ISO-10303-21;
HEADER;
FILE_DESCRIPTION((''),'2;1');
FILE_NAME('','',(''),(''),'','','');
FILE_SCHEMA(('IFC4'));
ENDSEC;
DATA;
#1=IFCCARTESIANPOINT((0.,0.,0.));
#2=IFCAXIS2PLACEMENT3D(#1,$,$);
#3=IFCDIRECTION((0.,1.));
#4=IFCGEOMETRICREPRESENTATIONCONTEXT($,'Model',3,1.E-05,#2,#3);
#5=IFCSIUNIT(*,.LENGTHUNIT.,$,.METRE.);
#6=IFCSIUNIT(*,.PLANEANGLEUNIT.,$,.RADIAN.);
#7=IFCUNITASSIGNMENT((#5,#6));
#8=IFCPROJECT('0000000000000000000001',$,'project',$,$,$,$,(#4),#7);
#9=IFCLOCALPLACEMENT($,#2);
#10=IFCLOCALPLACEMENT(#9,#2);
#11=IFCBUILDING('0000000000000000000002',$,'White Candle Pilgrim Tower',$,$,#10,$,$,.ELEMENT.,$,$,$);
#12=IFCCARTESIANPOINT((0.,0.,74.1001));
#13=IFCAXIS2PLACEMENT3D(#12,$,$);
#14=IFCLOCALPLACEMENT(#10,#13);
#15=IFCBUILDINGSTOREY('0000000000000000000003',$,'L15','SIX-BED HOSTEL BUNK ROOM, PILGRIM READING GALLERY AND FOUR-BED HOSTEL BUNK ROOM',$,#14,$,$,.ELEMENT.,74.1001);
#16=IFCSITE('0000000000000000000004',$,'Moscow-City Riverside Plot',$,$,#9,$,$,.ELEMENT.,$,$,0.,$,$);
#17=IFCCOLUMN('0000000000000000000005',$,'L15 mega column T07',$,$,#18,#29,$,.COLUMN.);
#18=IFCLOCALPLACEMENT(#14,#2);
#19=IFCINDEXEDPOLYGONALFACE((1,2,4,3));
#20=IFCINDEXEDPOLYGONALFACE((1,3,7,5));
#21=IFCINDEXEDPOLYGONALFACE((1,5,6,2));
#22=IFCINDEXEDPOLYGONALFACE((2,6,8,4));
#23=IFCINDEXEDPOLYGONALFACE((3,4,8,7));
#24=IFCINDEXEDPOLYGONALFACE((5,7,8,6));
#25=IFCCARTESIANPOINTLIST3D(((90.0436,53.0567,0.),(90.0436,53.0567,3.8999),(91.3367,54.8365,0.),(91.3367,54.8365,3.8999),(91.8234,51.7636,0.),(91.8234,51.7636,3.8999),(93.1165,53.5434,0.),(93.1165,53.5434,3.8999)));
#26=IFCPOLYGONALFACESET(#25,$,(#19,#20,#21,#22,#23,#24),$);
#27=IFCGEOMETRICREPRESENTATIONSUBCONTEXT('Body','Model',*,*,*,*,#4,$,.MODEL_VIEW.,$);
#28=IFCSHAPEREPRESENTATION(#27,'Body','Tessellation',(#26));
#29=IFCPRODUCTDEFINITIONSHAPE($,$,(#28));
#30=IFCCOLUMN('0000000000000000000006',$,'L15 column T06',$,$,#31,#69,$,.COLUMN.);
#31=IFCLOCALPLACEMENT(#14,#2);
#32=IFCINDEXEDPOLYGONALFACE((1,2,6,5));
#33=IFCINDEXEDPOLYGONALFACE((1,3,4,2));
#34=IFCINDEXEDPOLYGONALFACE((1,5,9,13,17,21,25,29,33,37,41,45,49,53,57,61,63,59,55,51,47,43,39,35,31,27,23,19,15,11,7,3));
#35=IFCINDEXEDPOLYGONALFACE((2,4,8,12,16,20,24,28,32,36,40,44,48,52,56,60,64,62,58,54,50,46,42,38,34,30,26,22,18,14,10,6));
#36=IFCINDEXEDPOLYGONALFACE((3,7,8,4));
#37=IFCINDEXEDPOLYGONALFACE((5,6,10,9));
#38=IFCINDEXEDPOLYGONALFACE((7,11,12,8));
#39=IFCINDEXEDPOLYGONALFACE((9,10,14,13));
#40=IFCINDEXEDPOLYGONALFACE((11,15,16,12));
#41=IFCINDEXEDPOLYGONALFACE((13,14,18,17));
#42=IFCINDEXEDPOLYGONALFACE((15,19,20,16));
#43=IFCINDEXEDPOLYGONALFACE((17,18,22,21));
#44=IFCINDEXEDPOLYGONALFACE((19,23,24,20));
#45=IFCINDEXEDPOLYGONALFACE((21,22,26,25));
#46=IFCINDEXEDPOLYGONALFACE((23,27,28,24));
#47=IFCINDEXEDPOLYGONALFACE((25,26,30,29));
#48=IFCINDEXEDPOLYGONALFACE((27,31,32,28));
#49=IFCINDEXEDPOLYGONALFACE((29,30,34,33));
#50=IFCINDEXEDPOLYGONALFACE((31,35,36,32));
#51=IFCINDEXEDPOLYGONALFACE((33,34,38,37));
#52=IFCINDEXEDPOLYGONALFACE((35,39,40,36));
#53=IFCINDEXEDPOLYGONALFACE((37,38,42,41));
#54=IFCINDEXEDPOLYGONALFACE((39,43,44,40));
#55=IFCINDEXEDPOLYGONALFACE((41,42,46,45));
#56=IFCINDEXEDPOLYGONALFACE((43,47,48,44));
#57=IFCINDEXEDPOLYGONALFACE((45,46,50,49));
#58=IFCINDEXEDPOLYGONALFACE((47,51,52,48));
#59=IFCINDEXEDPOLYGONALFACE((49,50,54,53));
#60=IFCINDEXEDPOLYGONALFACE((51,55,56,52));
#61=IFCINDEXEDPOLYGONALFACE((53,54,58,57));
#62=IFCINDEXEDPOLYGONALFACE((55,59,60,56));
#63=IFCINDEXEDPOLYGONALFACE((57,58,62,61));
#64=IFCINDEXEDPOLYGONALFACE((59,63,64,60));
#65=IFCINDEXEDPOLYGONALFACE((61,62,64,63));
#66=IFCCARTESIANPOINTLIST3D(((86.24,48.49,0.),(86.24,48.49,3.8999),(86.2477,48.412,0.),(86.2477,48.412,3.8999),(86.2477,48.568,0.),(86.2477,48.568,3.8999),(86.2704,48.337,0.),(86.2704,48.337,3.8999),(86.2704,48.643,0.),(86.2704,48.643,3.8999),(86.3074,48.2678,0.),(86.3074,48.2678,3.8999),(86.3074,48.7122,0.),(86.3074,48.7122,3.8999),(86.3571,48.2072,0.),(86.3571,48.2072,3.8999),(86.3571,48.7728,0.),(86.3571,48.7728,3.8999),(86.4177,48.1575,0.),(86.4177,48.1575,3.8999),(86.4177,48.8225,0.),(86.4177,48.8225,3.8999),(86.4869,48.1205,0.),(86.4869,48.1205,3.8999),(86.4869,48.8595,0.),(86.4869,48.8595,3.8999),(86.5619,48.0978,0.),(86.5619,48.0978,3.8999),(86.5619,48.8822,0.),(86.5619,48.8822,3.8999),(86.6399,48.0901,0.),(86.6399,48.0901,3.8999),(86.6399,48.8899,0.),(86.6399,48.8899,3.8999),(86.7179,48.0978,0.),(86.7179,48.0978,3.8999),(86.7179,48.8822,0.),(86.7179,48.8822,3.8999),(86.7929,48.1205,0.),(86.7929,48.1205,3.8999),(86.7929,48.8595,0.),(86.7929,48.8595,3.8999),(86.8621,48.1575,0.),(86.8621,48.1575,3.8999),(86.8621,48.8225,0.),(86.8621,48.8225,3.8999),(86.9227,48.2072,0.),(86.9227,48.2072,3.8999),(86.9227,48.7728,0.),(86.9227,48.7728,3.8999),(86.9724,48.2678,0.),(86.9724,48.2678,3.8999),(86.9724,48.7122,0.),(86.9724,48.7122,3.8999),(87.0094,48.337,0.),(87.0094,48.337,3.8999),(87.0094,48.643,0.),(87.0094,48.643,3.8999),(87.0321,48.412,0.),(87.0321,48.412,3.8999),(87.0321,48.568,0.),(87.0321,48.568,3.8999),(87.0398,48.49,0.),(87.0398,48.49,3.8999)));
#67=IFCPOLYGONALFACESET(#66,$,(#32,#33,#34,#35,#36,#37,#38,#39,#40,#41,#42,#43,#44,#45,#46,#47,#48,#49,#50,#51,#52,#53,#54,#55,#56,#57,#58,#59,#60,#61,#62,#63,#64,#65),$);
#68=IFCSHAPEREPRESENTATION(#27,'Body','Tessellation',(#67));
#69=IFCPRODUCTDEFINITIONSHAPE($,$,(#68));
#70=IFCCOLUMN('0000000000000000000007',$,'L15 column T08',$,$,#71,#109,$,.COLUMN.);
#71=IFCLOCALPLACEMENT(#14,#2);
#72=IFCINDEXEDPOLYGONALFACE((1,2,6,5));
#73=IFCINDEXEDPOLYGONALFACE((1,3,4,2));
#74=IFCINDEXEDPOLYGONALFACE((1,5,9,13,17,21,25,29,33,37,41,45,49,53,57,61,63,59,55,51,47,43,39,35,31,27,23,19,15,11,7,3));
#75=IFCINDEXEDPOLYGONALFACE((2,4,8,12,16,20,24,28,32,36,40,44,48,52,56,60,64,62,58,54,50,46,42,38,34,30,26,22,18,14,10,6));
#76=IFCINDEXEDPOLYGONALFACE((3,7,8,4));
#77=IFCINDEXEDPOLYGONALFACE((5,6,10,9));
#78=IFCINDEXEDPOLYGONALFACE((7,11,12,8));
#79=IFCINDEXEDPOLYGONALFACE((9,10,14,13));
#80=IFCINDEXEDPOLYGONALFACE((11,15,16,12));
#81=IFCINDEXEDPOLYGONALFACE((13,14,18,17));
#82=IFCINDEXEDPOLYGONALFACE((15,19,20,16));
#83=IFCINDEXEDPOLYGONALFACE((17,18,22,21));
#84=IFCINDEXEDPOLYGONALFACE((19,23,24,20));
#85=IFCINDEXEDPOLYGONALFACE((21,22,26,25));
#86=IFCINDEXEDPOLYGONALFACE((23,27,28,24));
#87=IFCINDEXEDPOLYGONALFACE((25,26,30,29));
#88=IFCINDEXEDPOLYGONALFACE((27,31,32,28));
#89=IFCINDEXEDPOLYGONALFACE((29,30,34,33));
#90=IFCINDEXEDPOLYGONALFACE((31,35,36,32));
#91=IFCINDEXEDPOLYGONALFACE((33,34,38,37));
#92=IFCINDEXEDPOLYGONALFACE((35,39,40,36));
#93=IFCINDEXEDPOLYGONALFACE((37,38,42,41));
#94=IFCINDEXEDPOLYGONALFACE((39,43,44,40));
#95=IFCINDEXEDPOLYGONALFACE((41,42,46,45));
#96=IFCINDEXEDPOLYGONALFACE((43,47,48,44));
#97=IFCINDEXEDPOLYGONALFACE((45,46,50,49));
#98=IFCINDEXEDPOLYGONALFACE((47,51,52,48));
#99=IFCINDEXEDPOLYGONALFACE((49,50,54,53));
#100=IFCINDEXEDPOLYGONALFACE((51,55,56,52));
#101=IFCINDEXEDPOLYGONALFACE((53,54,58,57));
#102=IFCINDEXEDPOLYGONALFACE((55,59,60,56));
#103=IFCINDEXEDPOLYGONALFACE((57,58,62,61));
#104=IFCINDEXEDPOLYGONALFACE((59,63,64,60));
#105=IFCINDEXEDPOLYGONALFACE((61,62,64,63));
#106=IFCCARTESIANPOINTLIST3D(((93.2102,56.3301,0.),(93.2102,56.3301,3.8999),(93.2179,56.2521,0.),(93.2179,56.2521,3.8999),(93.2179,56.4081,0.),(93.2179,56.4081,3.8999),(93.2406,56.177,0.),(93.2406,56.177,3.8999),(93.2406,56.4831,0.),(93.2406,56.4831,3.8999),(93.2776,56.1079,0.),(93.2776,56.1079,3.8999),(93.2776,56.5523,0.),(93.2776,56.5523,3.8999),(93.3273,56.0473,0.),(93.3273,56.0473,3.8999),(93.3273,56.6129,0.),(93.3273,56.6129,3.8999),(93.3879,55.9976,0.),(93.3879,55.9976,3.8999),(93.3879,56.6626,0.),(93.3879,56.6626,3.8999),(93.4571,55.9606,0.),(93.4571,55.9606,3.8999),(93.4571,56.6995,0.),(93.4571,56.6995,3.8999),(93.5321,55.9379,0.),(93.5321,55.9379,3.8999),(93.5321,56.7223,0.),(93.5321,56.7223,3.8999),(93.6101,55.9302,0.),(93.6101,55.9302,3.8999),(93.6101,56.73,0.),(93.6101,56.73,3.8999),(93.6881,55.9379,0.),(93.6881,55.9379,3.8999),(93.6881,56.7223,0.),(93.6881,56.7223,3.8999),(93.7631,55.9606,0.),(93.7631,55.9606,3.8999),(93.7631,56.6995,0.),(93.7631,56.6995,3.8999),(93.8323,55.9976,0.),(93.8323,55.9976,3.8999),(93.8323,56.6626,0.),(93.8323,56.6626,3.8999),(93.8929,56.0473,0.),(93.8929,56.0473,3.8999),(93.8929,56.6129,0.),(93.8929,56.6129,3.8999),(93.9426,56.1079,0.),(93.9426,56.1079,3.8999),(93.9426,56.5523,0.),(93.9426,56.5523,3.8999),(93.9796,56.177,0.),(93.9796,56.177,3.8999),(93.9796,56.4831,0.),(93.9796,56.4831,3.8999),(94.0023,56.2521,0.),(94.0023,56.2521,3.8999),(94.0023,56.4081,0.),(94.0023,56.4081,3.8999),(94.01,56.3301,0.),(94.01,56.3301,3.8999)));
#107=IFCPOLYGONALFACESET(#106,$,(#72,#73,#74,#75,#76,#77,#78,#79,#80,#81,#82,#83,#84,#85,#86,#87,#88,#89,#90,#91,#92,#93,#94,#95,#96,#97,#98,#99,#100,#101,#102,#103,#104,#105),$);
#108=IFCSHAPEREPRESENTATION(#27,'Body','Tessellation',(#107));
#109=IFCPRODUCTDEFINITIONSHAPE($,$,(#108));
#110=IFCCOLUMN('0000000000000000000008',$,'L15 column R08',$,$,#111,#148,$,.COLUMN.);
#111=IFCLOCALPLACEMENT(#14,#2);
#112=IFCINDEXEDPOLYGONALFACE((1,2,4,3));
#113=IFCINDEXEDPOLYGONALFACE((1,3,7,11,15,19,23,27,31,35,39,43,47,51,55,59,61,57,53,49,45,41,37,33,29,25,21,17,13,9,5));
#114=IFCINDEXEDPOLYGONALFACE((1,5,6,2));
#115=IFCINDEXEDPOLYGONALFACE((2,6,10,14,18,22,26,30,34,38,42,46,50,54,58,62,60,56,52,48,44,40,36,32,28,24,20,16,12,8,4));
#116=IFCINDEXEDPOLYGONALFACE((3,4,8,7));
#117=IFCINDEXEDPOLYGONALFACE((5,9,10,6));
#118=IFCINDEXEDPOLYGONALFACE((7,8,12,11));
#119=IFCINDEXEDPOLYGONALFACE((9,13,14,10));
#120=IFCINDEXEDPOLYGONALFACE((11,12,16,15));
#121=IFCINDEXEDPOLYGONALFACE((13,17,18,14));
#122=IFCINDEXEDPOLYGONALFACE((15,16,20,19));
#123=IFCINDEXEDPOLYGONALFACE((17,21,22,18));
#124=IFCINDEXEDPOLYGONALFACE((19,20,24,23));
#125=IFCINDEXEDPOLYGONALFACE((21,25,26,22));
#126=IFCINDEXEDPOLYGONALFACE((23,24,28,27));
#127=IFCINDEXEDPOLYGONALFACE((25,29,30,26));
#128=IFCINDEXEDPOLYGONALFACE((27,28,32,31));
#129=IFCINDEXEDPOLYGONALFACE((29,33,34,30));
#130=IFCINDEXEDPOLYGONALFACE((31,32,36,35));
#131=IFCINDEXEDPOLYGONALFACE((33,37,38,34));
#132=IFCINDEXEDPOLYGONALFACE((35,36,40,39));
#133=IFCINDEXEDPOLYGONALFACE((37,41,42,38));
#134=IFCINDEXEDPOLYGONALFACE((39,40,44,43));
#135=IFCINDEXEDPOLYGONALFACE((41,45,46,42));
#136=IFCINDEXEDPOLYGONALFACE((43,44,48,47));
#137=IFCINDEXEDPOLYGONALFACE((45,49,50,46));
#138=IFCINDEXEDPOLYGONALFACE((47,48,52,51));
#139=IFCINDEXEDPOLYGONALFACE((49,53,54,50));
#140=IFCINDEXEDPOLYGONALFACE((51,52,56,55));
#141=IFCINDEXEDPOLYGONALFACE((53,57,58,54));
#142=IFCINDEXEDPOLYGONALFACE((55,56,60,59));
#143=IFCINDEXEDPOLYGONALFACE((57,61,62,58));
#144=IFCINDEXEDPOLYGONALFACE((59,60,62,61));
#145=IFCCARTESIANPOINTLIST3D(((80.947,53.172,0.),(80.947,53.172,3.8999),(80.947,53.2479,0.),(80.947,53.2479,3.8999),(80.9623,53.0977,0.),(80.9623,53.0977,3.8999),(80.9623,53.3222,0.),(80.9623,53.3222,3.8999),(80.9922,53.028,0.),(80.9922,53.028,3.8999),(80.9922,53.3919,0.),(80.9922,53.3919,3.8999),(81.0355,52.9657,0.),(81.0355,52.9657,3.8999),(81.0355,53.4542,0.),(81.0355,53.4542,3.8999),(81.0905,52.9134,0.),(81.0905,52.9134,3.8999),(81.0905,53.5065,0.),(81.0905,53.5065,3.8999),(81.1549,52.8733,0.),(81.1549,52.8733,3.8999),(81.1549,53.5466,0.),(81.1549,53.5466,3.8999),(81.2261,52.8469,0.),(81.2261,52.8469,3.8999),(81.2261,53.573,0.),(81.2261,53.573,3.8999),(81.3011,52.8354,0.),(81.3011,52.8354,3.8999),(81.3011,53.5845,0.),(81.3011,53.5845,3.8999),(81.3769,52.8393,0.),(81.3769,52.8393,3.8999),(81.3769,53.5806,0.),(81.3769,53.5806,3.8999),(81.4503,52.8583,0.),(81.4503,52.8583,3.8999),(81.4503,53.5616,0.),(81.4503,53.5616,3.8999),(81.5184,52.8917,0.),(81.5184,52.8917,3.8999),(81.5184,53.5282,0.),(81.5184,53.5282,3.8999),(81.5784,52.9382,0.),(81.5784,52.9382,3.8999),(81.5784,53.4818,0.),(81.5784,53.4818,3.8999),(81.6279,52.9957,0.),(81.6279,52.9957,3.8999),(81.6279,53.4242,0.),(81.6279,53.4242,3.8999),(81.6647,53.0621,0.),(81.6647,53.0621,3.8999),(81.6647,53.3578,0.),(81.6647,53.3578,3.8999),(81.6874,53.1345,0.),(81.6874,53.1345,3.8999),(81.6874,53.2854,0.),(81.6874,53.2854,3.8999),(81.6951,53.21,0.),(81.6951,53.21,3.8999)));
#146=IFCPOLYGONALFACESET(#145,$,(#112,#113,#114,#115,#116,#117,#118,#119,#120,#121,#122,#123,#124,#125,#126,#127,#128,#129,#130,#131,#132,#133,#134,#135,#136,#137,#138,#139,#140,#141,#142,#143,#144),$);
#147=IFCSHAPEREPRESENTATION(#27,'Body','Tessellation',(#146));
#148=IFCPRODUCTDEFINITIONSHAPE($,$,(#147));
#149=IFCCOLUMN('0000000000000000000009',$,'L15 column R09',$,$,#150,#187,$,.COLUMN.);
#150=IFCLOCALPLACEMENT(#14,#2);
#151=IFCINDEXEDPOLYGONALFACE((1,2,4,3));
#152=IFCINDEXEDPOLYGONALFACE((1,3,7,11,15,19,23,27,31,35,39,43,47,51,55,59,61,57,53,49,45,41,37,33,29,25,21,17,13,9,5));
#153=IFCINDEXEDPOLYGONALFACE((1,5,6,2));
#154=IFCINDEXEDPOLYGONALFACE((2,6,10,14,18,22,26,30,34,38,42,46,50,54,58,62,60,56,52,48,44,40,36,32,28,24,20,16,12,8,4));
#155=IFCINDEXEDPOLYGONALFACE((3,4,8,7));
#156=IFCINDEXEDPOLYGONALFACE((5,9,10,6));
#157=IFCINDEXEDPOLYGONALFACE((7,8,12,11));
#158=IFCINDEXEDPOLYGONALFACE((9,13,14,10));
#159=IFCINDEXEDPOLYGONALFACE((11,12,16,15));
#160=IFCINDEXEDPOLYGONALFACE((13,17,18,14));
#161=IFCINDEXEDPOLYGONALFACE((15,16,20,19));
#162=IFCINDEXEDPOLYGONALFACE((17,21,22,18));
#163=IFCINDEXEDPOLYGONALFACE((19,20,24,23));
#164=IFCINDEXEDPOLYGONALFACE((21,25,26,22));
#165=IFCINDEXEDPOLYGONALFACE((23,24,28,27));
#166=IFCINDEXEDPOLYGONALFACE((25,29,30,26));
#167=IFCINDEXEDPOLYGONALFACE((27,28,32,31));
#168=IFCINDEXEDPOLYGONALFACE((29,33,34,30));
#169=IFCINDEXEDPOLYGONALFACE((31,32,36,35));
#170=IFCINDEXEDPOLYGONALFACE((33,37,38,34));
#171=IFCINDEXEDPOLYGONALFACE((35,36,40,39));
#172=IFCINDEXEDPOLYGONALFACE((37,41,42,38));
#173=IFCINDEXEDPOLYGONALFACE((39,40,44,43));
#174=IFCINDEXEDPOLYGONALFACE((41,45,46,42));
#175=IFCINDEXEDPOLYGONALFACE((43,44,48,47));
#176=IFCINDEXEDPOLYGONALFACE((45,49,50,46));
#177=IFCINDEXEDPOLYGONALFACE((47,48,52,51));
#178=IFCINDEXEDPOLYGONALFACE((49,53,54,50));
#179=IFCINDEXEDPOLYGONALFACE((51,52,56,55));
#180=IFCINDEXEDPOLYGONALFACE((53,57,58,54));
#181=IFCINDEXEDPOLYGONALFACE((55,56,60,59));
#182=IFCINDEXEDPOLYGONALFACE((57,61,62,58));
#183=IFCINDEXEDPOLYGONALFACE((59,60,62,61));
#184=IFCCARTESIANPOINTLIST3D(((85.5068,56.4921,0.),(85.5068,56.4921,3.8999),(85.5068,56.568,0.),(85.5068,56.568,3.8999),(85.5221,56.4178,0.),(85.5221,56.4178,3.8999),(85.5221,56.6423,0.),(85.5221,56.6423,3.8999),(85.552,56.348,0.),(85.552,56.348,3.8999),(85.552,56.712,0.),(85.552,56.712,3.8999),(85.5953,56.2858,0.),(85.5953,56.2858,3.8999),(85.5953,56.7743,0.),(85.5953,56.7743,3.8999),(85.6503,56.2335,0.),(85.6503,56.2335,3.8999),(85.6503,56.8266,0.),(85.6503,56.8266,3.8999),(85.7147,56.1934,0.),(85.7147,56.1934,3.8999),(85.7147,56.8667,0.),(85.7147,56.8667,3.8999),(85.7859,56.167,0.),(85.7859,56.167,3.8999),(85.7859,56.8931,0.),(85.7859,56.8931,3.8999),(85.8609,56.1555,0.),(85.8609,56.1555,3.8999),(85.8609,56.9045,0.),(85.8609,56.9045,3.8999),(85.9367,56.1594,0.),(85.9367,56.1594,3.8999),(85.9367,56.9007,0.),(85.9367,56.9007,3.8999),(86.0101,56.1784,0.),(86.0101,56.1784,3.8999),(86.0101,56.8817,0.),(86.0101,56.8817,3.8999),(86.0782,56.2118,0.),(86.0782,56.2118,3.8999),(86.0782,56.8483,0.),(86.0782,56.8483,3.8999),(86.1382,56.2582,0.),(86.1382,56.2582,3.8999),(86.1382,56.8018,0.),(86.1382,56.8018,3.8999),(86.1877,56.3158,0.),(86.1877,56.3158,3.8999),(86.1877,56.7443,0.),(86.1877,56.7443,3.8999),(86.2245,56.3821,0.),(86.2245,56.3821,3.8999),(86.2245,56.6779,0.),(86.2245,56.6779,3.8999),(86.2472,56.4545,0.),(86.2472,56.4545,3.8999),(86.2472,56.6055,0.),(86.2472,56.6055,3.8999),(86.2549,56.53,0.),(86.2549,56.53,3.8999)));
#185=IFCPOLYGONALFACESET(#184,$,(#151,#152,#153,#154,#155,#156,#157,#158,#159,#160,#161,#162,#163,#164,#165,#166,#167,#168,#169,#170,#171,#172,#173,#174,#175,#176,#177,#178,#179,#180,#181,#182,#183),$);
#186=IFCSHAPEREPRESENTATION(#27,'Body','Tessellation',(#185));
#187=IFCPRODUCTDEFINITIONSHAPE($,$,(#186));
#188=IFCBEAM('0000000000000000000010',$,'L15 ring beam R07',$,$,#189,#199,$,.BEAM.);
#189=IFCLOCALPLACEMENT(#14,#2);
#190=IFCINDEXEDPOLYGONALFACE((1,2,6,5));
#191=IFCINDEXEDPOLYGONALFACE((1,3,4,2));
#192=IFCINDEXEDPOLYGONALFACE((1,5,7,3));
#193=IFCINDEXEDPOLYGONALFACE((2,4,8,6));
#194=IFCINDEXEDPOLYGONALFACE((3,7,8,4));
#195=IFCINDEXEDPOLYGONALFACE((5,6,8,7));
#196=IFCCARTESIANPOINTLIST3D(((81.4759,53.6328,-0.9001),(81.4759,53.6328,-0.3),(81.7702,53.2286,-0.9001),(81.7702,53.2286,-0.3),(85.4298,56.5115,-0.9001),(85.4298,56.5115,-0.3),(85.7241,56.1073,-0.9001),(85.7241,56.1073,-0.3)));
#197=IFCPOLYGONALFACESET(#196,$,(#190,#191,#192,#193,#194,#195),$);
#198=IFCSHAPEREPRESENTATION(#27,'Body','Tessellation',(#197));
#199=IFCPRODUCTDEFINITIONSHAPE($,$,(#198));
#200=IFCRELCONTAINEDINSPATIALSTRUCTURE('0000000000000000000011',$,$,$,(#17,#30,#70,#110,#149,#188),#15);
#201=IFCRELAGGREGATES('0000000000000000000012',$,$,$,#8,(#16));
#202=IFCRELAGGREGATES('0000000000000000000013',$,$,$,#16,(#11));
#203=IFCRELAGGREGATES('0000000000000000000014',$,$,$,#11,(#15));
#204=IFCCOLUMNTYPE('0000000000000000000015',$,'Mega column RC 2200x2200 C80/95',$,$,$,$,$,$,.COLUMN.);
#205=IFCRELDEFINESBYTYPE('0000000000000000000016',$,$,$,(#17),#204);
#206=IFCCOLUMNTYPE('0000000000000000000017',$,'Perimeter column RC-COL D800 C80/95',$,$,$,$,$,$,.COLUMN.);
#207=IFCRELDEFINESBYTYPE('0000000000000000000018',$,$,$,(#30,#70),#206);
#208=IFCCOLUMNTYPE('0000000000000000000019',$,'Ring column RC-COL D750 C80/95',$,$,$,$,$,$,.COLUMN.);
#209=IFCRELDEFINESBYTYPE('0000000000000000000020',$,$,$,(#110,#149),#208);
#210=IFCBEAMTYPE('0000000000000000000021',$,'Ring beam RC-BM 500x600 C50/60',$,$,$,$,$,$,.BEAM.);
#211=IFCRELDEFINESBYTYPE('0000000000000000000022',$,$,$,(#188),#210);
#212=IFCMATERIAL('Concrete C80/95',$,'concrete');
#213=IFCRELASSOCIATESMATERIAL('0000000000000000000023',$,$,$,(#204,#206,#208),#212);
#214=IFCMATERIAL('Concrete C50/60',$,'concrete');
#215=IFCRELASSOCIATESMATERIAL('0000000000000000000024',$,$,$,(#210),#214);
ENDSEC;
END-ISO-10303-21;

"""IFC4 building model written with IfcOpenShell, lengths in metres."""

from ifc_helpers import new_model, si_unit, direction, frame, origin, origin_2d, place, context, subcontext, project, spatial, rectangle, circle, extrude, material, material_profile, profile_set, type_object, element, save


model = new_model("IFC4")

# Units and contexts
model_context = context("Model", 3, precision=1e-05, world=origin(), true_north=direction((0.0, 1.0)))
body_context = subcontext(model_context, "Body", "Model", "MODEL_VIEW")
ifc_project = project(units=[si_unit("LENGTHUNIT", "METRE"), si_unit("PLANEANGLEUNIT", "RADIAN")], contexts=[model_context])

# Site, building, storey
site_placement = place(None, origin())
site = spatial("IfcSite", under=ifc_project, at=site_placement, Name="Moscow-City Riverside Plot", CompositionType="ELEMENT", RefElevation=0.0)
building_placement = place(site_placement, origin())
building = spatial("IfcBuilding", under=site, at=building_placement, Name="White Candle Pilgrim Tower", CompositionType="ELEMENT")
storey_placement = place(building_placement, frame((0.0, 0.0, 74.1001)))
storey = spatial("IfcBuildingStorey", under=building, at=storey_placement, Name="L15", Description="SIX-BED HOSTEL BUNK ROOM, PILGRIM READING GALLERY AND FOUR-BED HOSTEL BUNK ROOM", CompositionType="ELEMENT", Elevation=74.1001)

# Columns
ifc_material_1 = material(Name="Concrete C80/95", Category="concrete")
ifc_material_profile_1 = material_profile(ifc_material_1, rectangle(XDim=2.2, YDim=2.2, at=origin_2d()), Name="RC 2200x2200")
ifc_profile_set_1 = profile_set([ifc_material_profile_1], Name="Concrete C80/95")
column_type_1 = type_object("IfcColumnType", Name="Mega column RC 2200x2200 C80/95", PredefinedType="COLUMN", material=ifc_profile_set_1)
column_placement = place(storey_placement, frame((91.5801, 53.3, 0.0), z_axis=(0.0, 0.0, 1.0), x_axis=(0.809017, -0.587785, 0.0)))
element("IfcColumn", 1, at=column_placement, inside=storey, type_object=column_type_1, Name="L15 mega column T07", PredefinedType="COLUMN", context=body_context, shape_type="SweptSolid", body=[
    extrude(rectangle(XDim=2.2, YDim=2.2, at=origin_2d()), origin(), (0.0, 0.0, 1.0), 3.8999),
])
ifc_material_profile_2 = material_profile(ifc_material_1, circle(Radius=0.3999, at=origin_2d()), Name="RC-COL D800")
ifc_profile_set_2 = profile_set([ifc_material_profile_2], Name="Concrete C80/95")
column_type_2 = type_object("IfcColumnType", Name="Perimeter column RC-COL D800 C80/95", PredefinedType="COLUMN", material=ifc_profile_set_2)
for number, where, z_axis, x_axis, name in (
    (2, (86.6399, 48.49, 0.0), (0.0, 0.0, 1.0), (1.0, 0.0, 0.0), "L15 column T06"),
    (3, (93.6101, 56.3301, 0.0), (0.0, 0.0, 1.0), (1.0, 0.0, 0.0), "L15 column T08"),
):
    element("IfcColumn", number, at=place(storey_placement, frame(where, z_axis=z_axis, x_axis=x_axis)), inside=storey, type_object=column_type_2, Name=name, PredefinedType="COLUMN", context=body_context, shape_type="SweptSolid", body=[
        extrude(circle(Radius=0.3999, at=origin_2d()), origin(), (0.0, 0.0, 1.0), 3.8999),
    ])
ifc_material_profile_3 = material_profile(ifc_material_1, circle(Radius=0.375, at=origin_2d()), Name="RC-COL D750")
ifc_profile_set_3 = profile_set([ifc_material_profile_3], Name="Concrete C80/95")
column_type_3 = type_object("IfcColumnType", Name="Ring column RC-COL D750 C80/95", PredefinedType="COLUMN", material=ifc_profile_set_3)
for number, where, z_axis, x_axis, name in (
    (4, (81.3201, 53.21, 0.0), (0.0, 0.0, 1.0), (1.0, 0.0, 0.0), "L15 column R08"),
    (5, (85.8799, 56.53, 0.0), (0.0, 0.0, 1.0), (1.0, 0.0, 0.0), "L15 column R09"),
):
    element("IfcColumn", number, at=place(storey_placement, frame(where, z_axis=z_axis, x_axis=x_axis)), inside=storey, type_object=column_type_3, Name=name, PredefinedType="COLUMN", context=body_context, shape_type="SweptSolid", body=[
        extrude(circle(Radius=0.375, at=origin_2d()), origin(), (0.0, 0.0, 1.0), 3.8999),
    ])

# Beam
ifc_material_2 = material(Name="Concrete C50/60", Category="concrete")
ifc_material_profile_4 = material_profile(ifc_material_2, rectangle(XDim=0.5, YDim=0.6001, at=origin_2d()), Name="RC-BM 500x600")
ifc_profile_set_4 = profile_set([ifc_material_profile_4], Name="Concrete C50/60")
beam_type_1 = type_object("IfcBeamType", Name="Ring beam RC-BM 500x600 C50/60", PredefinedType="BEAM", material=ifc_profile_set_4)
beam_1_placement = place(storey_placement, frame((81.623, 53.4307, -0.6001), z_axis=(0.808432, 0.58859, 0.0), x_axis=(-0.58859, 0.808432, 0.0)))
element("IfcBeam", 6, at=beam_1_placement, inside=storey, type_object=beam_type_1, Name="L15 ring beam R07", PredefinedType="BEAM", context=body_context, shape_type="SweptSolid", body=[
    extrude(rectangle(XDim=0.5, YDim=0.6001, at=origin_2d()), origin(), (0.0, 0.0, 1.0), 4.8909),
])

save(model, "model.ifc")
